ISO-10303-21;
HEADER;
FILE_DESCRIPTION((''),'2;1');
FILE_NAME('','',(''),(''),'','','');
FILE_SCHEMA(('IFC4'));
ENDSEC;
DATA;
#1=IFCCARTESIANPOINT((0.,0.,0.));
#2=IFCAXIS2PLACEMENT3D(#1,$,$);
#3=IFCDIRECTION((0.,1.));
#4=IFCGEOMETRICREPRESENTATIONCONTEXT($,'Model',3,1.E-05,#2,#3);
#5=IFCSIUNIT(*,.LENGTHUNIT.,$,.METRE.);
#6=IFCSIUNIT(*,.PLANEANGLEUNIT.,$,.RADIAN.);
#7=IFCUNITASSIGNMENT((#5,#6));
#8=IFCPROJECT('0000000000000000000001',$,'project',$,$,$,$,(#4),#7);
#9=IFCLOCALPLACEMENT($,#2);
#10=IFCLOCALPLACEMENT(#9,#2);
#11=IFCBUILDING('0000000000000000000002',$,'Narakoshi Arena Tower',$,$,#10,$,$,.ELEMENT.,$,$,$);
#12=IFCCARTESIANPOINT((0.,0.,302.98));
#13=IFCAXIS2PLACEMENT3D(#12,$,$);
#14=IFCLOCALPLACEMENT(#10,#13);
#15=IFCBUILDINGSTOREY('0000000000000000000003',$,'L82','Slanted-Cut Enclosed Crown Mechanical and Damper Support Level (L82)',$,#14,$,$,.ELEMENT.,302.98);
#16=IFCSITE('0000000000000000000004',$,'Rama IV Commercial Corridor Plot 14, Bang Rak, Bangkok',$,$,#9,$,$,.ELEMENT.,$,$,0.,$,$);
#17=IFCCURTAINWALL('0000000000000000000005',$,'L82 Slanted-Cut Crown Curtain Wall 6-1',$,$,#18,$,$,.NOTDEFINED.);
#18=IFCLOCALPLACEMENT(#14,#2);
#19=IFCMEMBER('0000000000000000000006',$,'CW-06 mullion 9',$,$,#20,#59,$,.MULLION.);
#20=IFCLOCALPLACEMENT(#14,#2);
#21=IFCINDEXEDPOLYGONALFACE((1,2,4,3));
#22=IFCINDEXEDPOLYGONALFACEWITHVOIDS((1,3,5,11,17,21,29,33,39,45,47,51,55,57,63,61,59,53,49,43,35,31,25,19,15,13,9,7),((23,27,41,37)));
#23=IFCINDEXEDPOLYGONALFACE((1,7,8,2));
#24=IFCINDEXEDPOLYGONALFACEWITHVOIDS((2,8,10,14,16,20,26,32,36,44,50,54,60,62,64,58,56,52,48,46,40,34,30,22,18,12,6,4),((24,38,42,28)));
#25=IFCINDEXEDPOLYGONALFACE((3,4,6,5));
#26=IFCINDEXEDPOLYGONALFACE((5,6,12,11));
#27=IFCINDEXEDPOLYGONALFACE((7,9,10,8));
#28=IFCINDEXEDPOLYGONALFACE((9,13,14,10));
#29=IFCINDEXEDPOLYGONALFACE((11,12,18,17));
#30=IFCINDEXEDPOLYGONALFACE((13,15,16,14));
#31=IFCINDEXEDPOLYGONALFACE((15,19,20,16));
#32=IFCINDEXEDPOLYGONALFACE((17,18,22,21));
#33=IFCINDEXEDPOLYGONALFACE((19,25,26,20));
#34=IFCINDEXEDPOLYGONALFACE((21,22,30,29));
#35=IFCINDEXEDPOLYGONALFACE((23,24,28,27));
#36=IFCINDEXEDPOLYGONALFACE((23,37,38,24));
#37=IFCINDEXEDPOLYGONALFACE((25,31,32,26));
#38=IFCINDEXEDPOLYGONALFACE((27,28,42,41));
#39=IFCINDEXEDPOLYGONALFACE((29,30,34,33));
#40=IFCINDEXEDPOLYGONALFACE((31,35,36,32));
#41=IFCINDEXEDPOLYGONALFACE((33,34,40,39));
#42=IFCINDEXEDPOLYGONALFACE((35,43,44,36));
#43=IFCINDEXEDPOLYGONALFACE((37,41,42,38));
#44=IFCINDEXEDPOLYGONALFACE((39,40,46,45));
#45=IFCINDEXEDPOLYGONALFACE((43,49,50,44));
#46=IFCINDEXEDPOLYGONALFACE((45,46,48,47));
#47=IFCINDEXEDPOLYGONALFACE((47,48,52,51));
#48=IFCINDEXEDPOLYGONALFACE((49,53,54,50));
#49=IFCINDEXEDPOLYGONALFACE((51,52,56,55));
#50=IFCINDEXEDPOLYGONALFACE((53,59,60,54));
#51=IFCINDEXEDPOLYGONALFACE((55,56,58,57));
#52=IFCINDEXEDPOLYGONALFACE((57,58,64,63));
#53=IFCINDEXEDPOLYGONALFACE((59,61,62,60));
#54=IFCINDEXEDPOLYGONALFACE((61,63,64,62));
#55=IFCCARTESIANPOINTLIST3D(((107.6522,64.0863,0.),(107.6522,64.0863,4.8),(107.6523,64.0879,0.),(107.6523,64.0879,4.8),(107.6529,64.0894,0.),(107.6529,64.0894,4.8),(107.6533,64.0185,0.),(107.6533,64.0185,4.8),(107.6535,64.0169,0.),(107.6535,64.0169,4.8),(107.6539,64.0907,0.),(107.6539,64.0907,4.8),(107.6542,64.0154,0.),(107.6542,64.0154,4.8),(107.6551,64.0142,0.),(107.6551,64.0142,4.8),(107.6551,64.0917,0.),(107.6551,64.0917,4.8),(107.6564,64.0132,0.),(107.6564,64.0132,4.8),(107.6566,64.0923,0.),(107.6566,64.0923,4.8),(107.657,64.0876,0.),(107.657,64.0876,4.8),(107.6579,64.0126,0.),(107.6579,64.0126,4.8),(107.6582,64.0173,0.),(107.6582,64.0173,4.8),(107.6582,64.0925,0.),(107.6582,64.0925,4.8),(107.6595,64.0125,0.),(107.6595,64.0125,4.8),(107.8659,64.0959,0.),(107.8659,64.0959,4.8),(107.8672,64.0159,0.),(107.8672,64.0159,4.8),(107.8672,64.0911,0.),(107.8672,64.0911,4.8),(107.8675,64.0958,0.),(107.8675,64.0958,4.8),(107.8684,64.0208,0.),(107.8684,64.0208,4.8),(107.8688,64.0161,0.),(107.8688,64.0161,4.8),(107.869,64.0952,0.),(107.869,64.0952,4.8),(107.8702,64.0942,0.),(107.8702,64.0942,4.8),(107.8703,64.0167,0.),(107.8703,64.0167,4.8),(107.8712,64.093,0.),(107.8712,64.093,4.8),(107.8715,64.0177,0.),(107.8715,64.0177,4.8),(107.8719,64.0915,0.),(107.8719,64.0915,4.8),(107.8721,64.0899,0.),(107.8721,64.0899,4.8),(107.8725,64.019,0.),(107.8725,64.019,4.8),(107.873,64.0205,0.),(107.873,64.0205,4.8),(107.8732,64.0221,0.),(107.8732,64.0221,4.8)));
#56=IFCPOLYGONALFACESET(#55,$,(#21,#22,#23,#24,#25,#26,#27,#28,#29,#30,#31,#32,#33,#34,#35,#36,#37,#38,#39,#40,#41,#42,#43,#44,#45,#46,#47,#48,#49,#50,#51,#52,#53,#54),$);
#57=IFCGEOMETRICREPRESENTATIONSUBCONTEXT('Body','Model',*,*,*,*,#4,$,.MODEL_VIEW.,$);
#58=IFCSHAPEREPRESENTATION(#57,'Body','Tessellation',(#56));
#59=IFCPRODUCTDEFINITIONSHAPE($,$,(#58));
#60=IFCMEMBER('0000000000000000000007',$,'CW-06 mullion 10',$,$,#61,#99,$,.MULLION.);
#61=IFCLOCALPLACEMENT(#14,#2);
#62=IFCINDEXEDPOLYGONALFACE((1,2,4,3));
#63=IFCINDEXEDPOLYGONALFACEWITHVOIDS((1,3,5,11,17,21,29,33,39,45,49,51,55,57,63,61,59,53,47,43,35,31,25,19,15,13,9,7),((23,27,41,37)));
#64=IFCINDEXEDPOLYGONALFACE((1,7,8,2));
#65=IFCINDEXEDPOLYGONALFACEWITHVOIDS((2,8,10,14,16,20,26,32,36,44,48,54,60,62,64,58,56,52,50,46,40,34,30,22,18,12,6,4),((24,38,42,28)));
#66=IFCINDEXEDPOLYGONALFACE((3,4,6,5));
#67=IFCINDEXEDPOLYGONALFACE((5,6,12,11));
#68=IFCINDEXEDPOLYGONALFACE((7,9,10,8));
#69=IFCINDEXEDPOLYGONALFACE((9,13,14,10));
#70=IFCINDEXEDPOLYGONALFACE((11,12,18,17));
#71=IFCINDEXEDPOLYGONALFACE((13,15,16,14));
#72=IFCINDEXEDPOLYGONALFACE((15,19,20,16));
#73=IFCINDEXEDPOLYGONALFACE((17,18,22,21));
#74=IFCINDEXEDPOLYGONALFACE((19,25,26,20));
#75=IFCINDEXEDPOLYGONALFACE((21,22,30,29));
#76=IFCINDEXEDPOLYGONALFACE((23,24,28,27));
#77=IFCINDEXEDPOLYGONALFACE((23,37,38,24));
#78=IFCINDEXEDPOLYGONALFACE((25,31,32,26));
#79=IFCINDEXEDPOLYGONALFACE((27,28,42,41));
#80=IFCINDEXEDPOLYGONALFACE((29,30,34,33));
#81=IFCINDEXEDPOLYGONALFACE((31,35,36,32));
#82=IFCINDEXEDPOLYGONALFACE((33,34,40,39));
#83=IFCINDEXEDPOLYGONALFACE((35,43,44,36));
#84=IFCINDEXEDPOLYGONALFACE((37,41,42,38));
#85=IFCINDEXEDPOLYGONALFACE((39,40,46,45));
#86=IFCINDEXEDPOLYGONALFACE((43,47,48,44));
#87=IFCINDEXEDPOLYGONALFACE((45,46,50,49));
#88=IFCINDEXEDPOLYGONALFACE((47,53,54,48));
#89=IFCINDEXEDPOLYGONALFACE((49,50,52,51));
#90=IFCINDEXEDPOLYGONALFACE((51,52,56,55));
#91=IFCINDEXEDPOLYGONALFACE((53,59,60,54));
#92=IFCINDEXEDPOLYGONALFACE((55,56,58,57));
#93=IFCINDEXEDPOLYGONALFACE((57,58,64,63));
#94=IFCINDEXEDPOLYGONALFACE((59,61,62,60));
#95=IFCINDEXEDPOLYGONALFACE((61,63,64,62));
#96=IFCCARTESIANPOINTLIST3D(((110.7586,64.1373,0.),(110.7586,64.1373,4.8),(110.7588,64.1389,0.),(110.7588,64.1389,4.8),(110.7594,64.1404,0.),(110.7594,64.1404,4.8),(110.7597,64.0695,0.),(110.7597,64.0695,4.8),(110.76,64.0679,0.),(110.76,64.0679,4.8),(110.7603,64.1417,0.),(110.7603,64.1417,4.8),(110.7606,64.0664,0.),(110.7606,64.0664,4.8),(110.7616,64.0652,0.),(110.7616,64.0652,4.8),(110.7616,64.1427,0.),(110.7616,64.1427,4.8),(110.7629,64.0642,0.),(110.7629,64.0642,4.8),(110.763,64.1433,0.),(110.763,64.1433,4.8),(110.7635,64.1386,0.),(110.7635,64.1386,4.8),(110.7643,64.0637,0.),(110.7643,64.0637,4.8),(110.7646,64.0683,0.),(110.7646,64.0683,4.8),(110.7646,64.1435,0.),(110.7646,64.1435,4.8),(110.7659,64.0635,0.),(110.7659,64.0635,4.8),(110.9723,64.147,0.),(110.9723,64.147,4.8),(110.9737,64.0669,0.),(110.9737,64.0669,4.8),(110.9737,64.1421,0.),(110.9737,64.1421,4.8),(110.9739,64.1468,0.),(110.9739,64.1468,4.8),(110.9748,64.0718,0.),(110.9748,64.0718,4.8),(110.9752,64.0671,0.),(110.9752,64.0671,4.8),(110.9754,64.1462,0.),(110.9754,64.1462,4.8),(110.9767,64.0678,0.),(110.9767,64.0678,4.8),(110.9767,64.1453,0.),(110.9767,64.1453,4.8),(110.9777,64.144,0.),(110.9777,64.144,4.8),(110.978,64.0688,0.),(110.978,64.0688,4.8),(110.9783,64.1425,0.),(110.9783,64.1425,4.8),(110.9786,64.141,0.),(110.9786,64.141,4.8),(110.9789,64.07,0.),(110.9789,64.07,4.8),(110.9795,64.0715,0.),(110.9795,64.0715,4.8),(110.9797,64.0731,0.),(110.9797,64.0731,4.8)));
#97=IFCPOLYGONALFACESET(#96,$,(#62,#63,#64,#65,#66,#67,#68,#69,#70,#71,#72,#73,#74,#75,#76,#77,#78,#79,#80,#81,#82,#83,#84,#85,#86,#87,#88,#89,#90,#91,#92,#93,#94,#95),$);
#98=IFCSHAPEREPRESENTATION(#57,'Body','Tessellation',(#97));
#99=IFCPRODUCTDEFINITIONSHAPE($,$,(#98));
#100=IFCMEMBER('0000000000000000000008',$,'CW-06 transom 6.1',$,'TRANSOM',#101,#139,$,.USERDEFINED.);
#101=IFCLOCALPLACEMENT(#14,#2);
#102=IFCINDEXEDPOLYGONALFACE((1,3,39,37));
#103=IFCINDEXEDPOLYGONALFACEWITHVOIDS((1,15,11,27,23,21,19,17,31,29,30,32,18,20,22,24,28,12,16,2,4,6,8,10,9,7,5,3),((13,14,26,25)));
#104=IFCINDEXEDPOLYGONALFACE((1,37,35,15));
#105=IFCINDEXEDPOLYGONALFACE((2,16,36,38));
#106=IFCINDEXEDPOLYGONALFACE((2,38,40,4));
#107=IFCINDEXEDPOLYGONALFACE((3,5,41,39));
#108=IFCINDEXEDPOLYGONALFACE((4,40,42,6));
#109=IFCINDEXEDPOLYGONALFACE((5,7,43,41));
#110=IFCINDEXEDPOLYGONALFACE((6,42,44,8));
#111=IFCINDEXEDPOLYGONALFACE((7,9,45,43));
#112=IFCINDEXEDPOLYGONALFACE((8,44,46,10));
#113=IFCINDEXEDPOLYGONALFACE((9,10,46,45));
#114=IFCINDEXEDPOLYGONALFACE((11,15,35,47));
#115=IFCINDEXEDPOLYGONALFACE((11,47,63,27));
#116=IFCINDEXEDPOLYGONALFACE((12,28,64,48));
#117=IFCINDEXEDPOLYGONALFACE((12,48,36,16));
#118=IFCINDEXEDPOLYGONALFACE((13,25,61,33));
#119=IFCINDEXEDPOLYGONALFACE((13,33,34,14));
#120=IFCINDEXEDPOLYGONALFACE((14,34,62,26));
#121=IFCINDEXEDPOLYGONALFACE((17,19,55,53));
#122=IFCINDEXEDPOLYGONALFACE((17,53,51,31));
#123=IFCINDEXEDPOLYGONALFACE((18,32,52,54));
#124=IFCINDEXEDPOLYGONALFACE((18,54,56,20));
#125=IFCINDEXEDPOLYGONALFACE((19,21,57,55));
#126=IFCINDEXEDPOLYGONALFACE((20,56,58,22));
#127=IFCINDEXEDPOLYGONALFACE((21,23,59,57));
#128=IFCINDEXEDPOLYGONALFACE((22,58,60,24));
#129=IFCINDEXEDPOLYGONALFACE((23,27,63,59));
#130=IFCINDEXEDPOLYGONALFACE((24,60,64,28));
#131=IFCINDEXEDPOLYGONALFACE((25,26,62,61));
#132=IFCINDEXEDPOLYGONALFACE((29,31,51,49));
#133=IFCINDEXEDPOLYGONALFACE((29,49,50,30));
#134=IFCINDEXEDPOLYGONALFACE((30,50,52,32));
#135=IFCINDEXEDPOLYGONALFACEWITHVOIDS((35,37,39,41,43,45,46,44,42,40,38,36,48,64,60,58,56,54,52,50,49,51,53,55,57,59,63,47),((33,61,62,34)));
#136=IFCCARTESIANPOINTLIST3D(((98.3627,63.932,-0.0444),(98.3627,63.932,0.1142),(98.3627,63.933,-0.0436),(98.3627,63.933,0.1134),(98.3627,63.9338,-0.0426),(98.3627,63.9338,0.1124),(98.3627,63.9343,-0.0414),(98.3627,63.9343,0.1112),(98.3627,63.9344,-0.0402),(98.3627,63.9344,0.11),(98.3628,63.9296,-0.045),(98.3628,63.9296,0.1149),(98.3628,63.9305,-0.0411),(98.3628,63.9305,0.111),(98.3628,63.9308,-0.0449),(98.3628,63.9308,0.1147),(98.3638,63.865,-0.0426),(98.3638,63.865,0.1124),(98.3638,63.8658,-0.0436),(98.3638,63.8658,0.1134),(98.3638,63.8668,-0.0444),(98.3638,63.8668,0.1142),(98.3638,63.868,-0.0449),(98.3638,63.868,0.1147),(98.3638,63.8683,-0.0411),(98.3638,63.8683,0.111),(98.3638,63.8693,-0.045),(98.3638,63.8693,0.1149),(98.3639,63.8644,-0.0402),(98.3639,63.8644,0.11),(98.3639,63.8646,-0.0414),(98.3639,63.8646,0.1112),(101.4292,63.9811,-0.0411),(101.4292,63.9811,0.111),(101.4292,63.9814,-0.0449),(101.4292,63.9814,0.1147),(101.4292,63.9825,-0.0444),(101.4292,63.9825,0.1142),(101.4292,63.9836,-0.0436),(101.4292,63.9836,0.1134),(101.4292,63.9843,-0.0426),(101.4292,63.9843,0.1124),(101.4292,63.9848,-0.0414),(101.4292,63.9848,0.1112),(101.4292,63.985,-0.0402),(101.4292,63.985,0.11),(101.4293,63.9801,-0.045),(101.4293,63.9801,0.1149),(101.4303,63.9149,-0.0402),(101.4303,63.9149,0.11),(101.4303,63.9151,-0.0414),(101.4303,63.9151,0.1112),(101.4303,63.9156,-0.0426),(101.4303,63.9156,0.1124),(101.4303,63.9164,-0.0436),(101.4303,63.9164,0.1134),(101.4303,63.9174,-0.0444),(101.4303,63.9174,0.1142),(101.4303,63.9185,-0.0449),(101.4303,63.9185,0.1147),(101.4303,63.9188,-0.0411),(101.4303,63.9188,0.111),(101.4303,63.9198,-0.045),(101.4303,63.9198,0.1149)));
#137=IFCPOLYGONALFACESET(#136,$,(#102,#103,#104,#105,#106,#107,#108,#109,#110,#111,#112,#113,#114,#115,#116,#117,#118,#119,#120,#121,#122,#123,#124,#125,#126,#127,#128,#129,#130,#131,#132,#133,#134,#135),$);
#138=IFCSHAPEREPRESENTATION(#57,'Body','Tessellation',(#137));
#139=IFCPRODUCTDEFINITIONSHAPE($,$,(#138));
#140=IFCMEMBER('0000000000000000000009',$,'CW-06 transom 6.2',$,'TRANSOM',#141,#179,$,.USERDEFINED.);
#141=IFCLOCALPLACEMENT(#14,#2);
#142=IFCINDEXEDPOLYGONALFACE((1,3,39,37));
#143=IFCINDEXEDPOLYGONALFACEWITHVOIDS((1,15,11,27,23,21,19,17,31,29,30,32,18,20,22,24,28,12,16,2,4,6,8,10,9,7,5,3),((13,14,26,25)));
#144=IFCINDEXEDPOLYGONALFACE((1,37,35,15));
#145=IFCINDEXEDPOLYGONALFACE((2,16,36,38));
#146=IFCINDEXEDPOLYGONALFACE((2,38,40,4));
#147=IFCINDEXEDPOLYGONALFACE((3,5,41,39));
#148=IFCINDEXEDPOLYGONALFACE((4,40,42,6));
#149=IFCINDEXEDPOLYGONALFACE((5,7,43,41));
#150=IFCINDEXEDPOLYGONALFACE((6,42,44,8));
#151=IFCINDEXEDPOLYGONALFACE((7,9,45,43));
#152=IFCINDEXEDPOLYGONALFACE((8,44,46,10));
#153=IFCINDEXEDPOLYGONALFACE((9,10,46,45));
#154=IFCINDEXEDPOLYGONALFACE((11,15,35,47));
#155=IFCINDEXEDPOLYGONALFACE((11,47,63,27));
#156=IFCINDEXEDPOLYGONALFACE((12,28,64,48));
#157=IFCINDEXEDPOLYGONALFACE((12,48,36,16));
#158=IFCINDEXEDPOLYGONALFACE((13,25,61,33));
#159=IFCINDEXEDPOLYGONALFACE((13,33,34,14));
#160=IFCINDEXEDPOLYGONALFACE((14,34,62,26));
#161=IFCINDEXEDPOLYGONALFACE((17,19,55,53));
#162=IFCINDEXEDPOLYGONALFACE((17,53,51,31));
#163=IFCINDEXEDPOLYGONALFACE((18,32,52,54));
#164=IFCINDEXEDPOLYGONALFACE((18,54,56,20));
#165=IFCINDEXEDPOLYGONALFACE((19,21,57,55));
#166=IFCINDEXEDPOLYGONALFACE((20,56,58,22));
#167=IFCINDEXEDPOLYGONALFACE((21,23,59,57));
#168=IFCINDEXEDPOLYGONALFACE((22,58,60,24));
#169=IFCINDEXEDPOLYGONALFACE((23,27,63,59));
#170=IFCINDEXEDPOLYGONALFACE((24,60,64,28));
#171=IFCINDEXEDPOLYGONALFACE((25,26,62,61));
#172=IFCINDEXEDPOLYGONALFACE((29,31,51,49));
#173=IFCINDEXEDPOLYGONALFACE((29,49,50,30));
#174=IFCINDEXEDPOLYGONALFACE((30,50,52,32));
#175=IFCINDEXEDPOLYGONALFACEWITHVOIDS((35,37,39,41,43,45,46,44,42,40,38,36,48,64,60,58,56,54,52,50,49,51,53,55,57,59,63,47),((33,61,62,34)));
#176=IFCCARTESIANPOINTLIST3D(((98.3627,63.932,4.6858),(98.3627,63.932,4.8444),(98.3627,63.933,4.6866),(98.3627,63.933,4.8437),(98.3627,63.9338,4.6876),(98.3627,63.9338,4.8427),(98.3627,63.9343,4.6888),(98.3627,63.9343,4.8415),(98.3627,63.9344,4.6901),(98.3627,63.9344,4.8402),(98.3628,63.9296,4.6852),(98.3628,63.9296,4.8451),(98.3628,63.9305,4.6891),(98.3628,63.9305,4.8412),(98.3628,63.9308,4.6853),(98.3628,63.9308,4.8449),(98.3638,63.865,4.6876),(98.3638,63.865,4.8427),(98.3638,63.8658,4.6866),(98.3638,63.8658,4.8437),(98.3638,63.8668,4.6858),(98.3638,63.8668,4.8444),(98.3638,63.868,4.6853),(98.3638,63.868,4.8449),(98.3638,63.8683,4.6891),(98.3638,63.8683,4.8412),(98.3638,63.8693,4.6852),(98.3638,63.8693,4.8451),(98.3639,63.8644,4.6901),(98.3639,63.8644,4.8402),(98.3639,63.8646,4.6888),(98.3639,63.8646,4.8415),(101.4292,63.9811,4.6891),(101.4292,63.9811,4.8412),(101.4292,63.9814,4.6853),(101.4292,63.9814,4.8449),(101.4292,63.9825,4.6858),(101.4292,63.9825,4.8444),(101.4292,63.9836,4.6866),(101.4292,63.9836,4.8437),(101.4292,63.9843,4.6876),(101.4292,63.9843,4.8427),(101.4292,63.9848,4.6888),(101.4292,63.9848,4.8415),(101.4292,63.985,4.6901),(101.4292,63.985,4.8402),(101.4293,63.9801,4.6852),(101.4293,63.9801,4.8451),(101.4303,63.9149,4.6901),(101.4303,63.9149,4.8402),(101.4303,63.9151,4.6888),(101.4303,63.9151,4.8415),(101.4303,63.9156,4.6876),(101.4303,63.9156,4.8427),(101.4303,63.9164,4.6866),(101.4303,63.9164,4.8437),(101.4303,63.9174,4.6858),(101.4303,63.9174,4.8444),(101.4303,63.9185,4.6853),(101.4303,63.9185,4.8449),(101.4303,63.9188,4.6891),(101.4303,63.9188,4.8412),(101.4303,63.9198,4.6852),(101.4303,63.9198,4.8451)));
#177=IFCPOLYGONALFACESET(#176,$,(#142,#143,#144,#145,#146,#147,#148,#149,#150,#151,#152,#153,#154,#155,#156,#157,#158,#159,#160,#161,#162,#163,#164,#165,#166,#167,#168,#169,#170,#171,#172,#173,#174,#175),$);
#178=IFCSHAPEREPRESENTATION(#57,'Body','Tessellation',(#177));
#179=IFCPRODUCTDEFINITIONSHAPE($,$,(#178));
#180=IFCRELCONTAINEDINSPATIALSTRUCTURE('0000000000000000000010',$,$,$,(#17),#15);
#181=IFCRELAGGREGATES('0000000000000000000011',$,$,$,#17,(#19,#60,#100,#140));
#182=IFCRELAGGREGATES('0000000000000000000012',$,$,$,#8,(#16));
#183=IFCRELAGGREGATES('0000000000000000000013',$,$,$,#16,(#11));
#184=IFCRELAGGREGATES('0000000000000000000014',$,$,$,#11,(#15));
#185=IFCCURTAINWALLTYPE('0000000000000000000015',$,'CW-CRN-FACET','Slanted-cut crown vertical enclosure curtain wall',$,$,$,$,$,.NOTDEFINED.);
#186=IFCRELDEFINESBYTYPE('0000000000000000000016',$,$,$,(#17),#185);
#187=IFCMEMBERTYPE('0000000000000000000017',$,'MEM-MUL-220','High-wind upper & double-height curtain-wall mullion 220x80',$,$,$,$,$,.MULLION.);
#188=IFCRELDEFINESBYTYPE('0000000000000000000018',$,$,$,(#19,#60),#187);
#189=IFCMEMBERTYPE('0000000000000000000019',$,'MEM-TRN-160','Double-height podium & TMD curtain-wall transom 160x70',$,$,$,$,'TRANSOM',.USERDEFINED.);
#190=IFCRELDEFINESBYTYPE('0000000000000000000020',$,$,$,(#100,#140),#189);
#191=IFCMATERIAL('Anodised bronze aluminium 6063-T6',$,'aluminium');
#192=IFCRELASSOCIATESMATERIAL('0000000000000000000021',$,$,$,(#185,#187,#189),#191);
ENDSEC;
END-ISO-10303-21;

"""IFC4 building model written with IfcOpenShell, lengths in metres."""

from ifc_helpers import new_model, si_unit, direction, frame, origin, origin_2d, place, context, subcontext, project, spatial, hollow_rectangle, extrude, material, material_profile, profile_set, type_object, element, aggregate, save


model = new_model("IFC4")

# Units and contexts
model_context = context("Model", 3, precision=1e-05, world=origin(), true_north=direction((0.0, 1.0)))
body_context = subcontext(model_context, "Body", "Model", "MODEL_VIEW")
ifc_project = project(units=[si_unit("LENGTHUNIT", "METRE"), si_unit("PLANEANGLEUNIT", "RADIAN")], contexts=[model_context])

# Site, building, storey
site_placement = place(None, origin())
site = spatial("IfcSite", under=ifc_project, at=site_placement, Name="Rama IV Commercial Corridor Plot 14, Bang Rak, Bangkok", CompositionType="ELEMENT", RefElevation=0.0)
building_placement = place(site_placement, origin())
building = spatial("IfcBuilding", under=site, at=building_placement, Name="Narakoshi Arena Tower", CompositionType="ELEMENT")
storey_placement = place(building_placement, frame((0.0, 0.0, 302.98)))
storey = spatial("IfcBuildingStorey", under=building, at=storey_placement, Name="L82", Description="Slanted-Cut Enclosed Crown Mechanical and Damper Support Level (L82)", CompositionType="ELEMENT", Elevation=302.98)

# Curtain wall, members
ifc_material_1 = material(Name="Anodised bronze aluminium 6063-T6", Category="aluminium")
curtain_wall_type = type_object("IfcCurtainWallType", Name="CW-CRN-FACET", Description="Slanted-cut crown vertical enclosure curtain wall", PredefinedType="NOTDEFINED", material=ifc_material_1)
curtain_wall_placement = place(storey_placement, origin())
curtain_wall = element("IfcCurtainWall", 1, at=curtain_wall_placement, inside=storey, type_object=curtain_wall_type, Name="L82 Slanted-Cut Crown Curtain Wall 6-1", PredefinedType="NOTDEFINED")
ifc_material_profile_1 = material_profile(ifc_material_1, hollow_rectangle(XDim=0.0801, YDim=0.22, WallThickness=0.0049, OuterFilletRadius=0.0061, at=origin_2d()), Name="MUL220x80x5")
ifc_profile_set_1 = profile_set([ifc_material_profile_1], Name="Anodised bronze aluminium 6063-T6")
member_type_1 = type_object("IfcMemberType", Name="MEM-MUL-220", Description="High-wind upper & double-height curtain-wall mullion 220x80", PredefinedType="MULLION", material=ifc_profile_set_1)
member_1_placement = place(storey_placement, frame((107.7627, 64.0542, 0.0), z_axis=(0.0, 0.0, 1.0), x_axis=(-0.016447, 0.999865, 0.0)))
member_1 = element("IfcMember", 2, at=member_1_placement, type_object=member_type_1, Name="CW-06 mullion 9", PredefinedType="MULLION", context=body_context, shape_type="SweptSolid", body=[
    extrude(hollow_rectangle(XDim=0.0801, YDim=0.22, WallThickness=0.0049, OuterFilletRadius=0.0061, at=origin_2d()), origin(), (0.0, 0.0, 1.0), 4.8),
])
member_2_placement = place(storey_placement, frame((110.8691, 64.1052, 0.0), z_axis=(0.0, 0.0, 1.0), x_axis=(-0.016447, 0.999865, 0.0)))
member_2 = element("IfcMember", 3, at=member_2_placement, type_object=member_type_1, Name="CW-06 mullion 10", PredefinedType="MULLION", context=body_context, shape_type="SweptSolid", body=[
    extrude(hollow_rectangle(XDim=0.0801, YDim=0.22, WallThickness=0.0049, OuterFilletRadius=0.0061, at=origin_2d()), origin(), (0.0, 0.0, 1.0), 4.8),
])
ifc_material_profile_2 = material_profile(ifc_material_1, hollow_rectangle(XDim=0.0701, YDim=0.1599, WallThickness=0.0039, OuterFilletRadius=0.0049, at=origin_2d()), Name="TRN160x70x4")
ifc_profile_set_2 = profile_set([ifc_material_profile_2], Name="Anodised bronze aluminium 6063-T6")
member_type_2 = type_object("IfcMemberType", Name="MEM-TRN-160", Description="Double-height podium & TMD curtain-wall transom 160x70", ElementType="TRANSOM", PredefinedType="USERDEFINED", material=ifc_profile_set_2)
member_3_placement = place(storey_placement, frame((98.3633, 63.8994, 0.0349), z_axis=(0.999864, 0.016479, 0.0), x_axis=(-0.016479, 0.999864, 0.0)))
member_3 = element("IfcMember", 4, at=member_3_placement, type_object=member_type_2, Name="CW-06 transom 6.1", ObjectType="TRANSOM", PredefinedType="USERDEFINED", context=body_context, shape_type="SweptSolid", body=[
    extrude(hollow_rectangle(XDim=0.0701, YDim=0.1599, WallThickness=0.0039, OuterFilletRadius=0.0049, at=origin_2d()), origin(), (0.0, 0.0, 1.0), 3.0669),
])
member_4_placement = place(storey_placement, frame((98.3633, 63.8994, 4.7651), z_axis=(0.999864, 0.016479, 0.0), x_axis=(-0.016479, 0.999864, 0.0)))
member_4 = element("IfcMember", 5, at=member_4_placement, type_object=member_type_2, Name="CW-06 transom 6.2", ObjectType="TRANSOM", PredefinedType="USERDEFINED", context=body_context, shape_type="SweptSolid", body=[
    extrude(hollow_rectangle(XDim=0.0701, YDim=0.1599, WallThickness=0.0039, OuterFilletRadius=0.0049, at=origin_2d()), origin(), (0.0, 0.0, 1.0), 3.0669),
])
aggregate(curtain_wall, [member_1, member_2, member_3, member_4])

save(model, "model.ifc")
